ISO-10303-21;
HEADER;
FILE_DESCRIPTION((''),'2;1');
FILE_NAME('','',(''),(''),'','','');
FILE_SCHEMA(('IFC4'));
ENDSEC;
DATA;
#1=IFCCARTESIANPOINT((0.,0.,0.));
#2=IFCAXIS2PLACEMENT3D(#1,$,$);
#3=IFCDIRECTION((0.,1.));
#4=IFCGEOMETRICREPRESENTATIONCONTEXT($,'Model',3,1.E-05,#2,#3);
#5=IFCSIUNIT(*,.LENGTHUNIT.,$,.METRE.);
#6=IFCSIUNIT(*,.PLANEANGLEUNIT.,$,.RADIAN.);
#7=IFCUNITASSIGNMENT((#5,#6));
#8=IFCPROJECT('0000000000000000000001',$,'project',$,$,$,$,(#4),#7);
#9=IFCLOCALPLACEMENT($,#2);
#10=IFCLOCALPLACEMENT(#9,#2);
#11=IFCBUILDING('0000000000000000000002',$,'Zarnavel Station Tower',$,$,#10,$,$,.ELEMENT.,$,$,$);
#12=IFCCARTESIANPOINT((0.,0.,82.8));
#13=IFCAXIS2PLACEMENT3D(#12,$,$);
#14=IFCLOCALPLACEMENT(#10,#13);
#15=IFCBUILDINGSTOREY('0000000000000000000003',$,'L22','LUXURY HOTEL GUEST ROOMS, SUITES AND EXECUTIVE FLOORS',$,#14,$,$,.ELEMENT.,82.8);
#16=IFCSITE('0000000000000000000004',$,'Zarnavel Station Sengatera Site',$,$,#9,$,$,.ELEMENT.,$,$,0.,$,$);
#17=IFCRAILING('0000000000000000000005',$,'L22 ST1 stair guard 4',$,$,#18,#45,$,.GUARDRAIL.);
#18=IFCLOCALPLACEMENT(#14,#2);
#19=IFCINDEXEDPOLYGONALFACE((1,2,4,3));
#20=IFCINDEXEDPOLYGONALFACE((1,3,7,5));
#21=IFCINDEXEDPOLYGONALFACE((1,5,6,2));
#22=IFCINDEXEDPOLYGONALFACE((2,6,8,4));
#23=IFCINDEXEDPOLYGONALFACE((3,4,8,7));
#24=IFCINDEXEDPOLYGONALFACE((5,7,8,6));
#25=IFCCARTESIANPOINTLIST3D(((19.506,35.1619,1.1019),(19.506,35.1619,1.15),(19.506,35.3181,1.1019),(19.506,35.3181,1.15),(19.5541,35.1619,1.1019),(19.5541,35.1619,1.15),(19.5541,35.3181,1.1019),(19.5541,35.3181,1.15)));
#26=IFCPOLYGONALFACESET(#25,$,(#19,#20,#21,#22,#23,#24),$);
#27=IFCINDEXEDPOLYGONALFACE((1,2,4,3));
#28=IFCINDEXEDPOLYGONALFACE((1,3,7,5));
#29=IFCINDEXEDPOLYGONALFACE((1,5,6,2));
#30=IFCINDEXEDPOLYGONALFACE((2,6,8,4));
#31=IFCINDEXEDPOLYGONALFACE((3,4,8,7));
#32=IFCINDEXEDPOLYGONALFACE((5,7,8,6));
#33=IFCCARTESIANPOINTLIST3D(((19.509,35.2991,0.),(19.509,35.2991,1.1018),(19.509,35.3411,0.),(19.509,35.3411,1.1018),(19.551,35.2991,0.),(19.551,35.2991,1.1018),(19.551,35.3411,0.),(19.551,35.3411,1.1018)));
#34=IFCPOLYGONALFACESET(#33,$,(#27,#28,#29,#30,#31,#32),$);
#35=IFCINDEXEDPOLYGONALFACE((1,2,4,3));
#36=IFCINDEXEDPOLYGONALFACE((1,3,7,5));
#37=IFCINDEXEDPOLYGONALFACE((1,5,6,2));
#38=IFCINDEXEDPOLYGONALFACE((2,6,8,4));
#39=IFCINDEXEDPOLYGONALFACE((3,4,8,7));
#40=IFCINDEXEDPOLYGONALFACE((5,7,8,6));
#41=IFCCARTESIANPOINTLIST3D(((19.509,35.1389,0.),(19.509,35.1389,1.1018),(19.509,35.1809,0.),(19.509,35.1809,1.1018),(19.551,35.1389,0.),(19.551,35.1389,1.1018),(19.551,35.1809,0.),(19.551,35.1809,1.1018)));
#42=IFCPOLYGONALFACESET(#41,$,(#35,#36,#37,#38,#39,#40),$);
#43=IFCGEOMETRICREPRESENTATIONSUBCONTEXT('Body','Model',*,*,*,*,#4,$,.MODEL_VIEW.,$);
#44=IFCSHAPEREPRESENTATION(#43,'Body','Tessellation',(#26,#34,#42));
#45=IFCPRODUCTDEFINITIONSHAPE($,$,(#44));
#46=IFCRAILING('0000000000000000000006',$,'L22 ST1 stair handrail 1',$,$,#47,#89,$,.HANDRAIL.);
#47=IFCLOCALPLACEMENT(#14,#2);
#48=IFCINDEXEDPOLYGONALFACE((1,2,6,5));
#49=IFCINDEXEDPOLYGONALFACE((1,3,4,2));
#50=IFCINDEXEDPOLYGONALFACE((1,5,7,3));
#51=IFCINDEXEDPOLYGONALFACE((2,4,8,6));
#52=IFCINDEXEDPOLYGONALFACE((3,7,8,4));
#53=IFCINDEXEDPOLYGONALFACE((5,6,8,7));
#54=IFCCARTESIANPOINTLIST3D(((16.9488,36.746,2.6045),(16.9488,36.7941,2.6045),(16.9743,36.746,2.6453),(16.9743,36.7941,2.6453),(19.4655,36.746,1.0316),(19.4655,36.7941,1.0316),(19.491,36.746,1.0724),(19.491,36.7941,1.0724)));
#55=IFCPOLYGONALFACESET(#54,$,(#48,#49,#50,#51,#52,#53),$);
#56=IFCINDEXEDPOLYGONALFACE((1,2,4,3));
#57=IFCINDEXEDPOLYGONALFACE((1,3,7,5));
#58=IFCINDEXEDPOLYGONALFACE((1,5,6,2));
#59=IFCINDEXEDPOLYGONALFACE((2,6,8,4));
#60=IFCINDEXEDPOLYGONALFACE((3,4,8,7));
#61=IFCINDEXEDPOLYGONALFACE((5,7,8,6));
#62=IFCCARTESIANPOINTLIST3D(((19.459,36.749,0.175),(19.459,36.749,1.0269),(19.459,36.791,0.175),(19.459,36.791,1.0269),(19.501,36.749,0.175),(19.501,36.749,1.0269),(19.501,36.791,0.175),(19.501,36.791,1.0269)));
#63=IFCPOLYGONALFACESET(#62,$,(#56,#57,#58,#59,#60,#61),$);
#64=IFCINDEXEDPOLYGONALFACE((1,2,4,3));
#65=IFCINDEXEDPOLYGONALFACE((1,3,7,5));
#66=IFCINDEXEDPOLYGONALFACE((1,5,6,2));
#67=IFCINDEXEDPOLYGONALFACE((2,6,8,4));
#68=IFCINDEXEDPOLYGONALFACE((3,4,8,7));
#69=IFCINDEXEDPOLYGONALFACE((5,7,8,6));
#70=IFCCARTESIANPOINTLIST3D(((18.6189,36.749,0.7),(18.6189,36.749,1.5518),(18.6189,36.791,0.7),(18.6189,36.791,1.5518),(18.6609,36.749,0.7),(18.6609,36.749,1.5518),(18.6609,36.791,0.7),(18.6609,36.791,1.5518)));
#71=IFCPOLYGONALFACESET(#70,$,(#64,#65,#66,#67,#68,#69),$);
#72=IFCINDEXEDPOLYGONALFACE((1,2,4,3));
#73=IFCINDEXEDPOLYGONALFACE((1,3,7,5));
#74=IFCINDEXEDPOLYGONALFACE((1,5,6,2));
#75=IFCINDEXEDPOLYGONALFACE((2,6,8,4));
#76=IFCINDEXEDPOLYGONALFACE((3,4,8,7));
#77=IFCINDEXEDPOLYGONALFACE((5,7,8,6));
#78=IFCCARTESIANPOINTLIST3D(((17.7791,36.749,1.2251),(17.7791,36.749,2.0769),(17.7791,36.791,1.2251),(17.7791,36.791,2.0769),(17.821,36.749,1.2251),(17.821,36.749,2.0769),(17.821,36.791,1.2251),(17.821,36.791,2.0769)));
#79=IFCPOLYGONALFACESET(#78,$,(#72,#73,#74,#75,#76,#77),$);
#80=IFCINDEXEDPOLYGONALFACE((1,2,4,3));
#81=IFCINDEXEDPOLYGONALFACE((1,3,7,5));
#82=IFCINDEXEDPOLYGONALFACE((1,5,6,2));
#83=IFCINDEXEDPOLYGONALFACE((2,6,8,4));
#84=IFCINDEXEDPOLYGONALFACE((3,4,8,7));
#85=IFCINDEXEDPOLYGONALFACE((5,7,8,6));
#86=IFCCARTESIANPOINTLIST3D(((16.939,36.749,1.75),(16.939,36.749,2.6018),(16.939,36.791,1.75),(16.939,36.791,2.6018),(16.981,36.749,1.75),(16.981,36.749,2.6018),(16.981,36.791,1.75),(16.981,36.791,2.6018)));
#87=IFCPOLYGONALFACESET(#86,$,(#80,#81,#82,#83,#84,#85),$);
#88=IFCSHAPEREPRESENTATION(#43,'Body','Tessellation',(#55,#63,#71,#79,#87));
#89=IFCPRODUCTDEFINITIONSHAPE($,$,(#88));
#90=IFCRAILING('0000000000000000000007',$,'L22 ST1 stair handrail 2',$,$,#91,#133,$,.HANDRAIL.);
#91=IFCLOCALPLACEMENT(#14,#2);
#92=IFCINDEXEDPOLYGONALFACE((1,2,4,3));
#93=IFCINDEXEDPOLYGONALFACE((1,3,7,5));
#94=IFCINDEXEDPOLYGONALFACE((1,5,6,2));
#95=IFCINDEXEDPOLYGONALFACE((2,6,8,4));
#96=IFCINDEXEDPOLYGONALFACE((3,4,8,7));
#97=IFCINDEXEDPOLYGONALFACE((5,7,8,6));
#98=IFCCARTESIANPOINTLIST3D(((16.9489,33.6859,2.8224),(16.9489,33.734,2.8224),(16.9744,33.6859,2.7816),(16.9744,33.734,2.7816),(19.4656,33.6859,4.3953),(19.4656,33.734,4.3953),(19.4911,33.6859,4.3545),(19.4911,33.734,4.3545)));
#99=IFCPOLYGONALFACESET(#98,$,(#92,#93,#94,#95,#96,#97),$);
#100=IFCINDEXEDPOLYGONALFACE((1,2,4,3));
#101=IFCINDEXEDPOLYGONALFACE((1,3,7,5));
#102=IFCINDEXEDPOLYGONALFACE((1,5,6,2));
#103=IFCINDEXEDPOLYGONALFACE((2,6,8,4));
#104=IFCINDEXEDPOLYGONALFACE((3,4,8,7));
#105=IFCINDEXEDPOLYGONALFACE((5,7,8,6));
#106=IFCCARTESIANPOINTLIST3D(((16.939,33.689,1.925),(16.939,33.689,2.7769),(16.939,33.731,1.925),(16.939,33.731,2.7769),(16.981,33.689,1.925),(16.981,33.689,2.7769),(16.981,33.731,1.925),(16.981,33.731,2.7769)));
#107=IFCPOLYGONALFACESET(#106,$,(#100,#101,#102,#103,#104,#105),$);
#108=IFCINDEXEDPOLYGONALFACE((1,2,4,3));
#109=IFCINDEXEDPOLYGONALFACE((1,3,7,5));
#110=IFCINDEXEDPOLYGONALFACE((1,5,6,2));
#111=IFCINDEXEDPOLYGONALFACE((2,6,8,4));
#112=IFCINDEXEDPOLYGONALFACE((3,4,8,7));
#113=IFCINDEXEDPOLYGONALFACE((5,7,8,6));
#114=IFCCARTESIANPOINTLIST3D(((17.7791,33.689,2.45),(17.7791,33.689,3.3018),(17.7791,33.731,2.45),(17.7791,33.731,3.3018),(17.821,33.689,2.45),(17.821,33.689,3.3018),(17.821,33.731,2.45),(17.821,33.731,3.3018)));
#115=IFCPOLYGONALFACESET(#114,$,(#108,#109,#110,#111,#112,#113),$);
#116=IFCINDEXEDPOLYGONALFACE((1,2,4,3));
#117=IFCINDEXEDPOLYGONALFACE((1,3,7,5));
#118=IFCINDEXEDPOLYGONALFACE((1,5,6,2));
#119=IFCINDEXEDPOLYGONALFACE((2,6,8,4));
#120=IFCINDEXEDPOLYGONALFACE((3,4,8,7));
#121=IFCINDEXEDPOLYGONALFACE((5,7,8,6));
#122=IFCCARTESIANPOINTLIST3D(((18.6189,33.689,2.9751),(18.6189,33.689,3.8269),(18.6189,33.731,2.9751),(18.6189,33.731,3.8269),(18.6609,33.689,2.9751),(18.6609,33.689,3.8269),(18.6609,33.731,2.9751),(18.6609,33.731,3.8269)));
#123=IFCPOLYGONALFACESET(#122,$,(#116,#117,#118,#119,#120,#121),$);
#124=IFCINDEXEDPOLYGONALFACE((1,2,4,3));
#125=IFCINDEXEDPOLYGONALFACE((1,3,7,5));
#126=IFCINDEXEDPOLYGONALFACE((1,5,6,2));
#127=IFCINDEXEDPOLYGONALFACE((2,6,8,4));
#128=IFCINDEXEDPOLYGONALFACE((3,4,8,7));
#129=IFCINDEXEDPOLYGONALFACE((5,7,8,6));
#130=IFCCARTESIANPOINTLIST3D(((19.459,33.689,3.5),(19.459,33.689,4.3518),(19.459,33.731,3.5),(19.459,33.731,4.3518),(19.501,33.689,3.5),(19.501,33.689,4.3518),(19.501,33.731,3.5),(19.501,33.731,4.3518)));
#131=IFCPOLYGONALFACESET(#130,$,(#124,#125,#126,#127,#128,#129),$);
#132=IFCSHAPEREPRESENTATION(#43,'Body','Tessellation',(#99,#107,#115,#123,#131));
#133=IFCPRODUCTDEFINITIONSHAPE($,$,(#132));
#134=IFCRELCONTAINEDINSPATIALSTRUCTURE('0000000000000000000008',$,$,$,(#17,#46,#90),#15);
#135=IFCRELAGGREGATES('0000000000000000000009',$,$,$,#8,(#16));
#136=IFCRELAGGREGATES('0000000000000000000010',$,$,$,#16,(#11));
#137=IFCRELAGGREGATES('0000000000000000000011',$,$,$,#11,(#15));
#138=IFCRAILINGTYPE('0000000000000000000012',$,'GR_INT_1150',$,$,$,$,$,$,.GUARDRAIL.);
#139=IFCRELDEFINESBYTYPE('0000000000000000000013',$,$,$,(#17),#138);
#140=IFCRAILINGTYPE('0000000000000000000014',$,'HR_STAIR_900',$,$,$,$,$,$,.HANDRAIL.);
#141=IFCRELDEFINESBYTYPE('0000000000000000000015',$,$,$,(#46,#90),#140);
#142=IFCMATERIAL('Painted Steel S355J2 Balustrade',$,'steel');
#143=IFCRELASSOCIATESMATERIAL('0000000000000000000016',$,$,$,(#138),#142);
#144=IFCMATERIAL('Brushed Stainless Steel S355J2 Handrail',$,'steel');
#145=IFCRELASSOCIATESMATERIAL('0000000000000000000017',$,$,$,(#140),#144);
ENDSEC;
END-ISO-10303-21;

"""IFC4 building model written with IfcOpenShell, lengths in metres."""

from ifc_helpers import new_model, si_unit, direction, frame, origin, origin_2d, place, context, subcontext, project, spatial, rectangle, extrude, material, type_object, element, save


model = new_model("IFC4")

# Units and contexts
model_context = context("Model", 3, precision=1e-05, world=origin(), true_north=direction((0.0, 1.0)))
body_context = subcontext(model_context, "Body", "Model", "MODEL_VIEW")
ifc_project = project(units=[si_unit("LENGTHUNIT", "METRE"), si_unit("PLANEANGLEUNIT", "RADIAN")], contexts=[model_context])

# Site, building, storey
site_placement = place(None, origin())
site = spatial("IfcSite", under=ifc_project, at=site_placement, Name="Zarnavel Station Sengatera Site", CompositionType="ELEMENT", RefElevation=0.0)
building_placement = place(site_placement, origin())
building = spatial("IfcBuilding", under=site, at=building_placement, Name="Zarnavel Station Tower", CompositionType="ELEMENT")
storey_placement = place(building_placement, frame((0.0, 0.0, 82.8)))
storey = spatial("IfcBuildingStorey", under=building, at=storey_placement, Name="L22", Description="LUXURY HOTEL GUEST ROOMS, SUITES AND EXECUTIVE FLOORS", CompositionType="ELEMENT", Elevation=82.8)

# Railings
ifc_material_1 = material(Name="Painted Steel S355J2 Balustrade", Category="steel")
railing_type_1 = type_object("IfcRailingType", Name="GR_INT_1150", PredefinedType="GUARDRAIL", material=ifc_material_1)
railing_1_placement = place(storey_placement, frame((19.53, 35.3201, 0.0)))
element("IfcRailing", 1, at=railing_1_placement, inside=storey, type_object=railing_type_1, Name="L22 ST1 stair guard 4", PredefinedType="GUARDRAIL", context=body_context, shape_type="SweptSolid", body=[
    extrude(rectangle(XDim=0.0481, YDim=0.0481, at=origin_2d()), frame((0.0, -0.002, 1.126), z_axis=(0.0, -1.0, 0.0), x_axis=(1.0, 0.0, 0.0)), (0.0, 0.0, 1.0), 0.1562),
    extrude(rectangle(XDim=0.042, YDim=0.042, at=origin_2d()), origin(), (0.0, 0.0, 1.0), 1.1018),
    extrude(rectangle(XDim=0.042, YDim=0.042, at=origin_2d()), frame((0.0, -0.1602, 0.0)), (0.0, 0.0, 1.0), 1.1018),
])
ifc_material_2 = material(Name="Brushed Stainless Steel S355J2 Handrail", Category="steel")
railing_type_2 = type_object("IfcRailingType", Name="HR_STAIR_900", PredefinedType="HANDRAIL", material=ifc_material_2)
railing_2_placement = place(storey_placement, frame((19.48, 36.77, 0.175)))
element("IfcRailing", 2, at=railing_2_placement, inside=storey, type_object=railing_type_2, Name="L22 ST1 stair handrail 1", PredefinedType="HANDRAIL", context=body_context, shape_type="SweptSolid", body=[
    extrude(rectangle(XDim=0.0481, YDim=0.0481, at=origin_2d()), frame((-0.0017, 0.0, 0.877), z_axis=(-0.848008, 0.0, 0.529984), x_axis=(0.0, -1.0, 0.0)), (0.0, 0.0, 1.0), 2.9678),
    extrude(rectangle(XDim=0.042, YDim=0.042, at=origin_2d()), origin(), (0.0, 0.0, 1.0), 0.8518),
    extrude(rectangle(XDim=0.042, YDim=0.042, at=origin_2d()), frame((-0.8401, 0.0, 0.5249)), (0.0, 0.0, 1.0), 0.8518),
    extrude(rectangle(XDim=0.042, YDim=0.042, at=origin_2d()), frame((-1.6799, 0.0, 1.05)), (0.0, 0.0, 1.0), 0.8518),
    extrude(rectangle(XDim=0.042, YDim=0.042, at=origin_2d()), frame((-2.52, 0.0, 1.575)), (0.0, 0.0, 1.0), 0.8518),
])
railing_3_placement = place(storey_placement, frame((16.96, 33.71, 1.925)))
element("IfcRailing", 3, at=railing_3_placement, inside=storey, type_object=railing_type_2, Name="L22 ST1 stair handrail 2", PredefinedType="HANDRAIL", context=body_context, shape_type="SweptSolid", body=[
    extrude(rectangle(XDim=0.0481, YDim=0.0481, at=origin_2d()), frame((0.0017, 0.0, 0.877), z_axis=(0.848008, 0.0, 0.529984), x_axis=(0.0, 1.0, 0.0)), (0.0, 0.0, 1.0), 2.9678),
    extrude(rectangle(XDim=0.042, YDim=0.042, at=origin_2d()), origin(), (0.0, 0.0, 1.0), 0.8518),
    extrude(rectangle(XDim=0.042, YDim=0.042, at=origin_2d()), frame((0.8401, 0.0, 0.5249)), (0.0, 0.0, 1.0), 0.8518),
    extrude(rectangle(XDim=0.042, YDim=0.042, at=origin_2d()), frame((1.6799, 0.0, 1.05)), (0.0, 0.0, 1.0), 0.8518),
    extrude(rectangle(XDim=0.042, YDim=0.042, at=origin_2d()), frame((2.52, 0.0, 1.575)), (0.0, 0.0, 1.0), 0.8518),
])

save(model, "model.ifc")
